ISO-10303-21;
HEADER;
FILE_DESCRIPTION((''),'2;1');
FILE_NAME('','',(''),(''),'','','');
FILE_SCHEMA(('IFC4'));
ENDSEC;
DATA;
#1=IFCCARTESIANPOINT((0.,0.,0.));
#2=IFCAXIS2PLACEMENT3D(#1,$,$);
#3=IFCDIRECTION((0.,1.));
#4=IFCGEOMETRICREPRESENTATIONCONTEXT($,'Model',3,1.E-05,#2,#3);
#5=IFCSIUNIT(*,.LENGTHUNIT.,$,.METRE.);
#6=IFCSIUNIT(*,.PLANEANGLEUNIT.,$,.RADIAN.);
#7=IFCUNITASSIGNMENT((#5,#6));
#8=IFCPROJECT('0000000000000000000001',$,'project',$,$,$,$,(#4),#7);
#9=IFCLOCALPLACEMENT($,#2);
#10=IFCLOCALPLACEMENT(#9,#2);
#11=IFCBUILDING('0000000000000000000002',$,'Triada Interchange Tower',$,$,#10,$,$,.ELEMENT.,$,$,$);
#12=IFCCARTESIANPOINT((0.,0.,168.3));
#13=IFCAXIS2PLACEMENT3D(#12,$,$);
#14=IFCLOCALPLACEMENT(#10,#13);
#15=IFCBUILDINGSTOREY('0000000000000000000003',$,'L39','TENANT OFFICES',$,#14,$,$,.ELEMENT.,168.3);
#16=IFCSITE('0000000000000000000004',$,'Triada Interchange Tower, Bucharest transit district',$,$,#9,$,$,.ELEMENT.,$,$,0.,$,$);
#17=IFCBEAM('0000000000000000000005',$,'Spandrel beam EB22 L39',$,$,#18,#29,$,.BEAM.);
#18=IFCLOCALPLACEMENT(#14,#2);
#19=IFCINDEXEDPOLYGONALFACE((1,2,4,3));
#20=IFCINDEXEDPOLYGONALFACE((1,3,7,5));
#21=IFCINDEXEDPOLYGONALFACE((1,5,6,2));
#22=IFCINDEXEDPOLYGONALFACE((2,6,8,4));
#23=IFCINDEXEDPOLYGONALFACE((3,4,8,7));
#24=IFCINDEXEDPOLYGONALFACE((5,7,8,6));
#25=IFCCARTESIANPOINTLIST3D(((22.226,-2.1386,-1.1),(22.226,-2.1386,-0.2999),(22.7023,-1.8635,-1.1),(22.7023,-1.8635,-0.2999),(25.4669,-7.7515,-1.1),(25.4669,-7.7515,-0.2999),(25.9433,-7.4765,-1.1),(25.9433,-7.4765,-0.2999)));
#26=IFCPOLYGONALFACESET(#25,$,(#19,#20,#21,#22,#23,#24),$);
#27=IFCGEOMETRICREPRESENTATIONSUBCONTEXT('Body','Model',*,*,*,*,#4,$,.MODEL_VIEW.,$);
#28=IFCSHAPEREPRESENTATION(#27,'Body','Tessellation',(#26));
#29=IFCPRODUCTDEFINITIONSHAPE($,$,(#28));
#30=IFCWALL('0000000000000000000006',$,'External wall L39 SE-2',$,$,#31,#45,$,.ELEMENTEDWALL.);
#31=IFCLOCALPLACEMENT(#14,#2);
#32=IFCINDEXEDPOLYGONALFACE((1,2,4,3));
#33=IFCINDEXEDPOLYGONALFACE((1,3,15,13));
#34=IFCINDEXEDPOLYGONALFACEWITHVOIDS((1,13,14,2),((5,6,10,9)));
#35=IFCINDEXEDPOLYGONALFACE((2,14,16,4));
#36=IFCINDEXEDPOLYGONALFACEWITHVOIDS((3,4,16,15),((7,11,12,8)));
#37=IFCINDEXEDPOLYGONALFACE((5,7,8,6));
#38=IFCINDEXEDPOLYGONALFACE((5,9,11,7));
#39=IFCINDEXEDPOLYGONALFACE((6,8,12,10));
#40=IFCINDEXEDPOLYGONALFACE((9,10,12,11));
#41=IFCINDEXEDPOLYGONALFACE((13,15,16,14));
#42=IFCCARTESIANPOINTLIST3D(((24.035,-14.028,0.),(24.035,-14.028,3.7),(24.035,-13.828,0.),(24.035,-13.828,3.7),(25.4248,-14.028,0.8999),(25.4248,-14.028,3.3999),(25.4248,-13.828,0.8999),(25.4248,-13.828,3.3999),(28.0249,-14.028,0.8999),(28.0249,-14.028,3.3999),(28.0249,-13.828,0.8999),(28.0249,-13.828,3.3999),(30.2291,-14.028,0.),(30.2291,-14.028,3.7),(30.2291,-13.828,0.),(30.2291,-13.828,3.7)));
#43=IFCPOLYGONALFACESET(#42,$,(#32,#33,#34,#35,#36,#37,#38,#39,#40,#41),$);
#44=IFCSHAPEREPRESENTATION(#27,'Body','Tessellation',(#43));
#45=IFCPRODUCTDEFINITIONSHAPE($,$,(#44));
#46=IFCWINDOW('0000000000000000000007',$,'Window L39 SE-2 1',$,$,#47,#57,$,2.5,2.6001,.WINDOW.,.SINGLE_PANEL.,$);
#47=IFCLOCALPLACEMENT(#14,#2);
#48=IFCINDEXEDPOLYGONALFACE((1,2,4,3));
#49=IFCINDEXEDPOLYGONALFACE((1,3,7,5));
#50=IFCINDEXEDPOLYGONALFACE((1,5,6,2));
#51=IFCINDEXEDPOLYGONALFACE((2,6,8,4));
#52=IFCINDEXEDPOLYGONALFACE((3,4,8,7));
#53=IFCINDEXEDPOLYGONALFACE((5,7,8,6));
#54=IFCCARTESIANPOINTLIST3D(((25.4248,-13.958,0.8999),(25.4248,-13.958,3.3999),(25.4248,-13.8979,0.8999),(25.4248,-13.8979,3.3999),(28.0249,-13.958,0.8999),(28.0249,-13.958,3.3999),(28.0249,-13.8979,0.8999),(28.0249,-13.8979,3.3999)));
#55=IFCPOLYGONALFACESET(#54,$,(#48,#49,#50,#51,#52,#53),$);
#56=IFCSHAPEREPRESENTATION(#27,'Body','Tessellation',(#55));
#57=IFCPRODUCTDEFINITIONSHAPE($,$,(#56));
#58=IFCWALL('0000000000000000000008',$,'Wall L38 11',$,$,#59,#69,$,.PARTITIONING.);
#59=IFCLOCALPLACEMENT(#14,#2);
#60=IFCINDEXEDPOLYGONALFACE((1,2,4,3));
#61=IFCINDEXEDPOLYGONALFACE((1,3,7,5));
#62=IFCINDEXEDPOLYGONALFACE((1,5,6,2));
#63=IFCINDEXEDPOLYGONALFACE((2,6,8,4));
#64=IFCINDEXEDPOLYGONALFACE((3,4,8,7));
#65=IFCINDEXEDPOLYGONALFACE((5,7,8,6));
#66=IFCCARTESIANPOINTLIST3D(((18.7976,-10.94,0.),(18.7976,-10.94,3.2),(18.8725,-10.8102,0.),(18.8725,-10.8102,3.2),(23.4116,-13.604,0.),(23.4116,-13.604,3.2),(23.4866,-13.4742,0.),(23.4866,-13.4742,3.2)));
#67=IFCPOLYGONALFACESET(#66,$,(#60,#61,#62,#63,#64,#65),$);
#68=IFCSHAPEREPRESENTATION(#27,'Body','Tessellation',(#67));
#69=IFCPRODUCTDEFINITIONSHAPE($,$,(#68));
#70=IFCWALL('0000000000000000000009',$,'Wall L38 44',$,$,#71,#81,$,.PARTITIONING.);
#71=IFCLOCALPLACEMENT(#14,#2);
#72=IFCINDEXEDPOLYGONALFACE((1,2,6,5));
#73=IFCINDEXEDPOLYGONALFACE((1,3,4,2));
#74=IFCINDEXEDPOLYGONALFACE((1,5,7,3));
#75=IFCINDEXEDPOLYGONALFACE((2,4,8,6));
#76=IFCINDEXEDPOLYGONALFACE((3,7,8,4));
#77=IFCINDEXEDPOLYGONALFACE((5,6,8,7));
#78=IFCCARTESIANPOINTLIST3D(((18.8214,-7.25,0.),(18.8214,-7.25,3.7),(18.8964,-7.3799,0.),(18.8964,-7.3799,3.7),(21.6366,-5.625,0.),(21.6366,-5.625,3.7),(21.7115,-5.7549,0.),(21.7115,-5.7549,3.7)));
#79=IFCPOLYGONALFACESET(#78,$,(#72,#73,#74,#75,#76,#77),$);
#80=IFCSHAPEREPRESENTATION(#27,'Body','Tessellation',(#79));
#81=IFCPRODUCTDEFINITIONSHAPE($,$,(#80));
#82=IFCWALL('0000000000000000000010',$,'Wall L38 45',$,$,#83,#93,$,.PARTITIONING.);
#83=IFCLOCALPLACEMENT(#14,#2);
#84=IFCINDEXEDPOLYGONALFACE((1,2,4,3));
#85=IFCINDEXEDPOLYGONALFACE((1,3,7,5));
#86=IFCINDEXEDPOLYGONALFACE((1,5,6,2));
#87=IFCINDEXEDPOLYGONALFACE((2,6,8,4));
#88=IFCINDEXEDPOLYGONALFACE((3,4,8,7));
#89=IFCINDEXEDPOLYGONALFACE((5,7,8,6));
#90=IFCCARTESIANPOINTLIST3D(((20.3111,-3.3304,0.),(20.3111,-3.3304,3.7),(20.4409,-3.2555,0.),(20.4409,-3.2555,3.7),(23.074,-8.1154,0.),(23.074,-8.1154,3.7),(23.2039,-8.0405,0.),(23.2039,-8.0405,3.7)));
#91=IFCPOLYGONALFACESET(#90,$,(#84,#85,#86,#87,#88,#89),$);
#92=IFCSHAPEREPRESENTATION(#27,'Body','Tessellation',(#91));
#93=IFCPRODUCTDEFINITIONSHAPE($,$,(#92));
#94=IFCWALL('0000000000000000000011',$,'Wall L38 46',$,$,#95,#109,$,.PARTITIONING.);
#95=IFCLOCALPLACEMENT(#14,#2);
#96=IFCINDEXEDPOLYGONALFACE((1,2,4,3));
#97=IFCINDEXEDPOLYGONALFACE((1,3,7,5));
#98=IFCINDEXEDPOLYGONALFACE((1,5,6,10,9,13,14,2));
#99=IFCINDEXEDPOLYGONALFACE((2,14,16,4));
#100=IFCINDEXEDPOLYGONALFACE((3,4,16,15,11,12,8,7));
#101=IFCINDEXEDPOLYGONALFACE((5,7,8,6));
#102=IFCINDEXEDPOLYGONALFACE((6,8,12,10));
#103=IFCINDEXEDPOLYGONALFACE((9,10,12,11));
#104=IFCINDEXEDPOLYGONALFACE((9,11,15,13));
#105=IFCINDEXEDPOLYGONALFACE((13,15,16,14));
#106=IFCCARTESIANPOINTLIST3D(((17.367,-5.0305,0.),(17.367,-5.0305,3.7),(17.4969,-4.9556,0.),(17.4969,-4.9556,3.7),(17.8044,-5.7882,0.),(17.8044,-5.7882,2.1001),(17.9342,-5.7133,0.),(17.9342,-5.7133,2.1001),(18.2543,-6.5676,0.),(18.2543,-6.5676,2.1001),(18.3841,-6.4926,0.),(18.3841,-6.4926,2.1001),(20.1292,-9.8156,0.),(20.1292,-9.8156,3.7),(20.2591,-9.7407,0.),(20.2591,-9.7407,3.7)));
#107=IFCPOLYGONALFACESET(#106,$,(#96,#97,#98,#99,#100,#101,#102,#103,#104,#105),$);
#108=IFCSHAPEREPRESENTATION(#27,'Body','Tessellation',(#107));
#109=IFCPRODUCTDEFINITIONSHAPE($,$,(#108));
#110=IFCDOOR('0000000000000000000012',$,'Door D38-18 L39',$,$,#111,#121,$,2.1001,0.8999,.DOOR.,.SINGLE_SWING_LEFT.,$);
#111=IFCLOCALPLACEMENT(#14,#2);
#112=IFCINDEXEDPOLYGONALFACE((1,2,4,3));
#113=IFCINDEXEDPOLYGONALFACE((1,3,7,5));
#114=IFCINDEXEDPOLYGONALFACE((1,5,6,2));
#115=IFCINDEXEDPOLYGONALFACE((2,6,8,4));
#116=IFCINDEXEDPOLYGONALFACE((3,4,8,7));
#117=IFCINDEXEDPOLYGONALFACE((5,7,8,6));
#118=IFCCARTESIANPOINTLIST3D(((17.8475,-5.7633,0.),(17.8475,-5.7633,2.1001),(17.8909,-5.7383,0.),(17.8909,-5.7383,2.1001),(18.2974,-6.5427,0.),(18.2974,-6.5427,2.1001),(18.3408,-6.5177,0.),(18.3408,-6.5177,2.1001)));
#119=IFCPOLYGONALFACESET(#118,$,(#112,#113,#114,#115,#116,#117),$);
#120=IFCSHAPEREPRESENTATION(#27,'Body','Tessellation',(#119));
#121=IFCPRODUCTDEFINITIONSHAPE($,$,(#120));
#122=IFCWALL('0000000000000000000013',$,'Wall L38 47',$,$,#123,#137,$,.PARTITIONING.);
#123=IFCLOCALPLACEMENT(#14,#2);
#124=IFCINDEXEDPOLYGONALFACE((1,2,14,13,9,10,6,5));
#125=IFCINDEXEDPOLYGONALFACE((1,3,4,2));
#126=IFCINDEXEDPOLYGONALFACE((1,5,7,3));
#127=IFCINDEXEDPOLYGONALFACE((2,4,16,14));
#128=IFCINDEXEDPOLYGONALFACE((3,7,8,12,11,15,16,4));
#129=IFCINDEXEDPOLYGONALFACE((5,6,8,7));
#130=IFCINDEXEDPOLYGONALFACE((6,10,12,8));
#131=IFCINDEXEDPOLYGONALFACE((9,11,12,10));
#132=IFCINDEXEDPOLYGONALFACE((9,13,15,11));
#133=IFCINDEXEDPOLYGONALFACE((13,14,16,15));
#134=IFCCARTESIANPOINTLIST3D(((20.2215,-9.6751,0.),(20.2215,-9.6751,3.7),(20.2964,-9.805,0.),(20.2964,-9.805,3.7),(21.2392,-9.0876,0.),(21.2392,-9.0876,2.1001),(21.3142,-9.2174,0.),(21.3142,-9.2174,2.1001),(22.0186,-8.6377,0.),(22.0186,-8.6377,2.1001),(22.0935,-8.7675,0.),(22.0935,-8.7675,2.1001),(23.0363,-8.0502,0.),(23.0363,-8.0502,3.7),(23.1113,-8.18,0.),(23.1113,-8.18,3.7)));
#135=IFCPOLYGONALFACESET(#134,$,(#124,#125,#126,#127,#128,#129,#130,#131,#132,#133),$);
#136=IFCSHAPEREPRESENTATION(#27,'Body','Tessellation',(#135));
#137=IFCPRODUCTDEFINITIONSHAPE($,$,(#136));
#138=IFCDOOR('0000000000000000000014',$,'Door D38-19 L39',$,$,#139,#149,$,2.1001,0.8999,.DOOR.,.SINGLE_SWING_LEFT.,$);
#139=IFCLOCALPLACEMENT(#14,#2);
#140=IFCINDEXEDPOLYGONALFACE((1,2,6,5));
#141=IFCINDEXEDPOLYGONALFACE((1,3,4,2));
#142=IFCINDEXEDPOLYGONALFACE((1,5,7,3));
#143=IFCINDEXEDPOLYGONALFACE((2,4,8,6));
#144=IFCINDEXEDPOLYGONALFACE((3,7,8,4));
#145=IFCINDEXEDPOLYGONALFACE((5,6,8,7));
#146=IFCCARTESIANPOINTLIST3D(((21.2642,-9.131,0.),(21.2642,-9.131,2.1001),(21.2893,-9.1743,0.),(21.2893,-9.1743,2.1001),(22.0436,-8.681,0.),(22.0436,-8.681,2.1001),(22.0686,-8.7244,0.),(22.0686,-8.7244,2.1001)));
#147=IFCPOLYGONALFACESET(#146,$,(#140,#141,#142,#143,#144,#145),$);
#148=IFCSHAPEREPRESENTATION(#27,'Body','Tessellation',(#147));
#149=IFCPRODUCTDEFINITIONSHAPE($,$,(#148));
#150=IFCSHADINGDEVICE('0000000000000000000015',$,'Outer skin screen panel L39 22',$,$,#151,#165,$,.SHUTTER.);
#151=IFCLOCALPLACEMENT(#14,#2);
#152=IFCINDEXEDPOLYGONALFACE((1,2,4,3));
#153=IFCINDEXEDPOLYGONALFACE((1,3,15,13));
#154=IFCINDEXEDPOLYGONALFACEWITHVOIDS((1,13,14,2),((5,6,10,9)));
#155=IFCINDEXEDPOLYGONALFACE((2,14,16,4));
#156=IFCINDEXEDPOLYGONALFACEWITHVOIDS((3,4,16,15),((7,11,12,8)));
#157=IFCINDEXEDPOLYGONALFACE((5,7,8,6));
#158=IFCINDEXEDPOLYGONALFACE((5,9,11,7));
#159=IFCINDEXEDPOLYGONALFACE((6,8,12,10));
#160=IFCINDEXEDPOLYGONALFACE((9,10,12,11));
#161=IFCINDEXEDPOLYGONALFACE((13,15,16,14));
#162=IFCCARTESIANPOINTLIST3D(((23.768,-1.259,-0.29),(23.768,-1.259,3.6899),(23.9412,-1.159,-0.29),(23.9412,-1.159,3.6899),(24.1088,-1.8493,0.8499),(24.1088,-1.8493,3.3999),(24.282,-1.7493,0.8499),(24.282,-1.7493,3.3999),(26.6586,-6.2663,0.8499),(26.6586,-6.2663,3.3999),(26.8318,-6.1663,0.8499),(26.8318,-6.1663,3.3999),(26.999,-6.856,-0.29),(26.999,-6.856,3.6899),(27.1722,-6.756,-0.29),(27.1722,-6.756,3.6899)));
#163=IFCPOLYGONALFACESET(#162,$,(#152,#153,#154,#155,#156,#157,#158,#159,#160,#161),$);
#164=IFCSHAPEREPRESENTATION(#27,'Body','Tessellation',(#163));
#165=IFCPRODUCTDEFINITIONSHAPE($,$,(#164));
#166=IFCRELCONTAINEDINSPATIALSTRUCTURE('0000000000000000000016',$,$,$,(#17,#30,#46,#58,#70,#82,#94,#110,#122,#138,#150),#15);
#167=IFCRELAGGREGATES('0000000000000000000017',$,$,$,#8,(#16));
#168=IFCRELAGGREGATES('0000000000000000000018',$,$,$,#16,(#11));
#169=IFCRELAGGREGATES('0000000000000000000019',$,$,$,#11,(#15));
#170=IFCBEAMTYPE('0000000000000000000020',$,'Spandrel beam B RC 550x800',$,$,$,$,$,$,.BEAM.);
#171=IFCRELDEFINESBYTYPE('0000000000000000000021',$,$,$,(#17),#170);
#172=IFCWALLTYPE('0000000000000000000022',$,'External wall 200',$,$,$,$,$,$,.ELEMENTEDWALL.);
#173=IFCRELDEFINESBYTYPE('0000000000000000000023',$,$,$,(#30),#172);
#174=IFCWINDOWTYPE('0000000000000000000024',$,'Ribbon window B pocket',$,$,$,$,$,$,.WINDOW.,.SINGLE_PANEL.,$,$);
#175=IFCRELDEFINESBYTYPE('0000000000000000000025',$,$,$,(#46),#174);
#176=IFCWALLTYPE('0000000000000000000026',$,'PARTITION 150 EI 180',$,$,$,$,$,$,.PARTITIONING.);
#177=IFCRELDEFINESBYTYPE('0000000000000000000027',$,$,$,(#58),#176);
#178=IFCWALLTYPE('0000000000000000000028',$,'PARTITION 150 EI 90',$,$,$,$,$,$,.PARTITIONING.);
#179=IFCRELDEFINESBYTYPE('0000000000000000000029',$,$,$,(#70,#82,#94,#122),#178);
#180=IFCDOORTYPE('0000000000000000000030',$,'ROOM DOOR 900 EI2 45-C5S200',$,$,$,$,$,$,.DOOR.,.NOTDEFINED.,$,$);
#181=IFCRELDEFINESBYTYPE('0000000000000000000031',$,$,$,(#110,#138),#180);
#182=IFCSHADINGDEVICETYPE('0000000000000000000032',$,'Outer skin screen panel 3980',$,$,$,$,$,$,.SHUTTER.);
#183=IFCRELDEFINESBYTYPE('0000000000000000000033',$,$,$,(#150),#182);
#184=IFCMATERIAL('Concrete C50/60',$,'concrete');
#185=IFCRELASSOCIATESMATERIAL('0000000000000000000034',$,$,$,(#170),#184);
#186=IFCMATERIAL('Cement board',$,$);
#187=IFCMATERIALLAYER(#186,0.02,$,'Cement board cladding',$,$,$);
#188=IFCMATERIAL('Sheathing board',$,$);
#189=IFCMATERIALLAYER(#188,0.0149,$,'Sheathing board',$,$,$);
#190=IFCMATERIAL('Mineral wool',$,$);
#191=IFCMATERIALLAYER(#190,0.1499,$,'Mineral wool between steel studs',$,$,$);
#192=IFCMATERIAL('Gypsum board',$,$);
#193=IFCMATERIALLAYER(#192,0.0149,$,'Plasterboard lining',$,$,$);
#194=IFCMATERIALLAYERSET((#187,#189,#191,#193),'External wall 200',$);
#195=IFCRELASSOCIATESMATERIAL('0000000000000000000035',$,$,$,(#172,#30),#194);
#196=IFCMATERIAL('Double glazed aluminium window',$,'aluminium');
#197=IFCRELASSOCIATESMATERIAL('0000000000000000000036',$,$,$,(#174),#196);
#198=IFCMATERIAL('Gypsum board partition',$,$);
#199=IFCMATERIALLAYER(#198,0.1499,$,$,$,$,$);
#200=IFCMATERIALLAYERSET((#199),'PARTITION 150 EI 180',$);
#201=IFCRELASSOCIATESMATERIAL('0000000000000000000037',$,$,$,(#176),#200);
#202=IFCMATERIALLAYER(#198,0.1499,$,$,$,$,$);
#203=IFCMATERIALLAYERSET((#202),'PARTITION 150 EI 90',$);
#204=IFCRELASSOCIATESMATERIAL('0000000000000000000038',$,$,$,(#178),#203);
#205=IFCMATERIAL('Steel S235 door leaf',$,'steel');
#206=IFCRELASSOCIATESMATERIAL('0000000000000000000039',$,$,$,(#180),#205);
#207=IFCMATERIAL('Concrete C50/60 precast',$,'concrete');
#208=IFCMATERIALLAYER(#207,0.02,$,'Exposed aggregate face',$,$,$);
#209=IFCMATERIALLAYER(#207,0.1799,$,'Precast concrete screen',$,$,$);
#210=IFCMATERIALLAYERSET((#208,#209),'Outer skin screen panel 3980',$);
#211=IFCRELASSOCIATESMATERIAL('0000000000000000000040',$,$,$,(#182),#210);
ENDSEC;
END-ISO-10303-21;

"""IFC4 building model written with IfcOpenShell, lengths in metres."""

from ifc_helpers import new_model, si_unit, direction, frame, frame_2d, origin, origin_2d, place, context, subcontext, project, spatial, polyline, rectangle, outline, extrude, material, layer, layer_set, layer_usage, material_profile, profile_set, type_object, element, fill, save


model = new_model("IFC4")

# Units and contexts
model_context = context("Model", 3, precision=1e-05, world=origin(), true_north=direction((0.0, 1.0)))
body_context = subcontext(model_context, "Body", "Model", "MODEL_VIEW")
ifc_project = project(units=[si_unit("LENGTHUNIT", "METRE"), si_unit("PLANEANGLEUNIT", "RADIAN")], contexts=[model_context])

# Site, building, storey
site_placement = place(None, origin())
site = spatial("IfcSite", under=ifc_project, at=site_placement, Name="Triada Interchange Tower, Bucharest transit district", CompositionType="ELEMENT", RefElevation=0.0)
building_placement = place(site_placement, origin())
building = spatial("IfcBuilding", under=site, at=building_placement, Name="Triada Interchange Tower", CompositionType="ELEMENT")
storey_placement = place(building_placement, frame((0.0, 0.0, 168.3)))
storey = spatial("IfcBuildingStorey", under=building, at=storey_placement, Name="L39", Description="TENANT OFFICES", CompositionType="ELEMENT", Elevation=168.3)

# Beam
ifc_material_1 = material(Name="Concrete C50/60", Category="concrete")
ifc_material_profile_1 = material_profile(ifc_material_1, rectangle(XDim=0.55, YDim=0.8, at=origin_2d()), Name="RC 550x800")
ifc_profile_set_1 = profile_set([ifc_material_profile_1], Name="Concrete C50/60")
beam_type_1 = type_object("IfcBeamType", Name="Spandrel beam B RC 550x800", PredefinedType="BEAM", material=ifc_profile_set_1)
beam_1_placement = place(storey_placement, frame((25.7051, -7.614, -0.7), z_axis=(-0.500032, 0.866007, 0.0), x_axis=(-0.866007, -0.500032, 0.0)))
element("IfcBeam", 1, at=beam_1_placement, inside=storey, type_object=beam_type_1, Name="Spandrel beam EB22 L39", PredefinedType="BEAM", context=body_context, shape_type="SweptSolid", body=[
    extrude(rectangle(XDim=0.55, YDim=0.8, at=origin_2d()), origin(), (0.0, 0.0, 1.0), 6.4814),
])

# Wall, opening, window
ifc_material_2 = material(Name="Cement board")
ifc_layer_1 = layer(ifc_material_2, 0.02, Name="Cement board cladding")
ifc_material_3 = material(Name="Sheathing board")
ifc_layer_2 = layer(ifc_material_3, 0.0149, Name="Sheathing board")
ifc_material_4 = material(Name="Mineral wool")
ifc_layer_3 = layer(ifc_material_4, 0.1499, Name="Mineral wool between steel studs")
ifc_material_5 = material(Name="Gypsum board")
ifc_layer_4 = layer(ifc_material_5, 0.0149, Name="Plasterboard lining")
ifc_layer_set_1 = layer_set([ifc_layer_1, ifc_layer_2, ifc_layer_3, ifc_layer_4], Name="External wall 200")
ifc_layer_usage = layer_usage(ifc_layer_set_1, "AXIS2", "POSITIVE", -0.1001)
wall_type_1 = type_object("IfcWallType", Name="External wall 200", PredefinedType="ELEMENTEDWALL", material=ifc_layer_set_1)
wall_1_placement = place(storey_placement, frame((24.0349, -13.928, 0.0), z_axis=(0.0, 0.0, 1.0), x_axis=(1.0, 0.0, 0.0)))
wall_1 = element("IfcWall", 2, at=wall_1_placement, inside=storey, type_object=wall_type_1, material=ifc_layer_usage, Name="External wall L39 SE-2", PredefinedType="ELEMENTEDWALL", context=body_context, shape_type="SweptSolid", body=[
    extrude(rectangle(XDim=6.1941, YDim=0.2, at=frame_2d((3.0972, 0.0))), origin(), (0.0, 0.0, 1.0), 3.7),
])
opening_1_placement = place(wall_1_placement, frame((1.3899, 0.0, 0.8999)))
opening_1 = element("IfcOpeningElement", 3, at=opening_1_placement, cuts=wall_1, PredefinedType="OPENING", context=body_context, shape_type="SweptSolid", body=[
    extrude(rectangle(XDim=2.6001, YDim=2.5, at=frame_2d((1.3, 1.25))), frame((0.0, 0.1099, 0.0), z_axis=(0.0, -1.0, 0.0), x_axis=(1.0, 0.0, 0.0)), (0.0, 0.0, 1.0), 0.22),
])
ifc_material_6 = material(Name="Double glazed aluminium window", Category="aluminium")
window_type = type_object("IfcWindowType", Name="Ribbon window B pocket", PartitioningType="SINGLE_PANEL", PredefinedType="WINDOW", material=ifc_material_6)
window_placement = place(opening_1_placement, origin())
window = element("IfcWindow", 4, at=window_placement, inside=storey, type_object=window_type, Name="Window L39 SE-2 1", OverallHeight=2.5, OverallWidth=2.6001, PartitioningType="SINGLE_PANEL", PredefinedType="WINDOW", context=body_context, shape_type="SweptSolid", body=[
    extrude(rectangle(XDim=2.6001, YDim=2.5, at=frame_2d((1.3, 1.25))), frame((0.0, 0.03, 0.0), z_axis=(0.0, -1.0, 0.0), x_axis=(1.0, 0.0, 0.0)), (0.0, 0.0, 1.0), 0.0601),
])
fill(opening_1, window)

# Walls
ifc_material_7 = material(Name="Gypsum board partition")
ifc_layer_5 = layer(ifc_material_7, 0.1499)
ifc_layer_set_2 = layer_set([ifc_layer_5], Name="PARTITION 150 EI 180")
wall_type_2 = type_object("IfcWallType", Name="PARTITION 150 EI 180", PredefinedType="PARTITIONING", material=ifc_layer_set_2)
wall_2_placement = place(storey_placement, frame((18.835, -10.875, 0.0), z_axis=(0.0, 0.0, 1.0), x_axis=(0.866012, -0.500023, 0.0)))
element("IfcWall", 5, at=wall_2_placement, inside=storey, type_object=wall_type_2, Name="Wall L38 11", PredefinedType="PARTITIONING", context=body_context, shape_type="SweptSolid", body=[
    extrude(rectangle(XDim=5.3279, YDim=0.1499, at=frame_2d((2.6641, 0.0))), origin(), (0.0, 0.0, 1.0), 3.2),
])
ifc_layer_6 = layer(ifc_material_7, 0.1499)
ifc_layer_set_3 = layer_set([ifc_layer_6], Name="PARTITION 150 EI 90")
wall_type_3 = type_object("IfcWallType", Name="PARTITION 150 EI 90", PredefinedType="PARTITIONING", material=ifc_layer_set_3)
wall_3_placement = place(storey_placement, frame((18.8589, -7.3149, 0.0), z_axis=(0.0, 0.0, 1.0), x_axis=(0.866072, 0.49992, 0.0)))
element("IfcWall", 6, at=wall_3_placement, inside=storey, type_object=wall_type_3, Name="Wall L38 44", PredefinedType="PARTITIONING", context=body_context, shape_type="SweptSolid", body=[
    extrude(rectangle(XDim=3.2505, YDim=0.1499, at=frame_2d((1.6252, 0.0))), origin(), (0.0, 0.0, 1.0), 3.7),
])
wall_4_placement = place(storey_placement, frame((20.376, -3.293, 0.0), z_axis=(0.0, 0.0, 1.0), x_axis=(0.50005, -0.865996, 0.0)))
element("IfcWall", 7, at=wall_4_placement, inside=storey, type_object=wall_type_3, Name="Wall L38 45", PredefinedType="PARTITIONING", context=body_context, shape_type="SweptSolid", body=[
    extrude(rectangle(XDim=5.5254, YDim=0.1499, at=frame_2d((2.7627, 0.0))), origin(), (0.0, 0.0, 1.0), 3.7),
])

# Walls, openings, doors
wall_5_placement = place(storey_placement, frame((17.4319, -4.9929, 0.0), z_axis=(0.0, 0.0, 1.0), x_axis=(0.499932, -0.866065, 0.0)))
wall_5 = element("IfcWall", 8, at=wall_5_placement, inside=storey, type_object=wall_type_3, Name="Wall L38 46", PredefinedType="PARTITIONING", context=body_context, shape_type="SweptSolid", body=[
    extrude(rectangle(XDim=5.5251, YDim=0.1499, at=frame_2d((2.7627, 0.0))), origin(), (0.0, 0.0, 1.0), 3.7),
])
opening_2_placement = place(wall_5_placement, frame((0.875, 0.0, 0.0)))
opening_2 = element("IfcOpeningElement", 9, at=opening_2_placement, cuts=wall_5, PredefinedType="OPENING", context=body_context, shape_type="SweptSolid", body=[
    extrude(rectangle(XDim=0.8999, YDim=2.1001, at=frame_2d((0.45, 1.05))), frame((0.0, 0.085, 0.0), z_axis=(0.0, -1.0, 0.0), x_axis=(1.0, 0.0, 0.0)), (0.0, 0.0, 1.0), 0.1699),
])
ifc_material_8 = material(Name="Steel S235 door leaf", Category="steel")
door_type = type_object("IfcDoorType", Name="ROOM DOOR 900 EI2 45-C5S200", OperationType="NOTDEFINED", PredefinedType="DOOR", material=ifc_material_8)
door_1_placement = place(opening_2_placement, origin())
door_1 = element("IfcDoor", 10, at=door_1_placement, inside=storey, type_object=door_type, Name="Door D38-18 L39", OperationType="SINGLE_SWING_LEFT", OverallHeight=2.1001, OverallWidth=0.8999, PredefinedType="DOOR", context=body_context, shape_type="SweptSolid", body=[
    extrude(rectangle(XDim=0.8999, YDim=2.1001, at=frame_2d((0.45, 1.05))), frame((0.0, 0.0249, 0.0), z_axis=(0.0, -1.0, 0.0), x_axis=(1.0, 0.0, 0.0)), (0.0, 0.0, 1.0), 0.05),
])
fill(opening_2, door_1)
wall_6_placement = place(storey_placement, frame((20.259, -9.74, 0.0), z_axis=(0.0, 0.0, 1.0), x_axis=(0.866053, 0.499952, 0.0)))
wall_6 = element("IfcWall", 11, at=wall_6_placement, inside=storey, type_object=wall_type_3, Name="Wall L38 47", PredefinedType="PARTITIONING", context=body_context, shape_type="SweptSolid", body=[
    extrude(rectangle(XDim=3.2502, YDim=0.1499, at=frame_2d((1.625, 0.0))), origin(), (0.0, 0.0, 1.0), 3.7),
])
opening_3_placement = place(wall_6_placement, frame((1.175, 0.0, 0.0)))
opening_3 = element("IfcOpeningElement", 12, at=opening_3_placement, cuts=wall_6, PredefinedType="OPENING", context=body_context, shape_type="SweptSolid", body=[
    extrude(rectangle(XDim=0.8999, YDim=2.1001, at=frame_2d((0.45, 1.05))), frame((0.0, 0.085, 0.0), z_axis=(0.0, -1.0, 0.0), x_axis=(1.0, 0.0, 0.0)), (0.0, 0.0, 1.0), 0.1699),
])
door_2_placement = place(opening_3_placement, origin())
door_2 = element("IfcDoor", 13, at=door_2_placement, inside=storey, type_object=door_type, Name="Door D38-19 L39", OperationType="SINGLE_SWING_LEFT", OverallHeight=2.1001, OverallWidth=0.8999, PredefinedType="DOOR", context=body_context, shape_type="SweptSolid", body=[
    extrude(rectangle(XDim=0.8999, YDim=2.1001, at=frame_2d((0.45, 1.05))), frame((0.0, 0.0249, 0.0), z_axis=(0.0, -1.0, 0.0), x_axis=(1.0, 0.0, 0.0)), (0.0, 0.0, 1.0), 0.05),
])
fill(opening_3, door_2)

# Shading device
ifc_material_9 = material(Name="Concrete C50/60 precast", Category="concrete")
ifc_layer_7 = layer(ifc_material_9, 0.02, Name="Exposed aggregate face")
ifc_layer_8 = layer(ifc_material_9, 0.1799, Name="Precast concrete screen")
ifc_layer_set_4 = layer_set([ifc_layer_7, ifc_layer_8], Name="Outer skin screen panel 3980")
shading_device_type = type_object("IfcShadingDeviceType", Name="Outer skin screen panel 3980", PredefinedType="SHUTTER", material=ifc_layer_set_4)
shading_device_placement = place(storey_placement, frame((26.999, -6.856, -0.29), z_axis=(0.0, 0.0, 1.0), x_axis=(-0.49995, 0.866054, 0.0)))
element("IfcShadingDevice", 14, at=shading_device_placement, inside=storey, type_object=shading_device_type, Name="Outer skin screen panel L39 22", PredefinedType="SHUTTER", context=body_context, shape_type="SweptSolid", body=[
    extrude(outline(polyline([(0.0, 0.0), (6.4626, 0.0), (6.4626, 3.98), (0.0, 3.98), (0.0, 0.0)]), holes=[polyline([(0.6809, 1.1399), (0.6809, 3.6899), (5.781, 3.6899), (5.781, 1.1399), (0.6809, 1.1399)])]), frame((0.0, 0.0, 0.0), z_axis=(0.0, -1.0, 0.0), x_axis=(1.0, 0.0, 0.0)), (0.0, 0.0, 1.0), 0.2),
])

save(model, "model.ifc")
